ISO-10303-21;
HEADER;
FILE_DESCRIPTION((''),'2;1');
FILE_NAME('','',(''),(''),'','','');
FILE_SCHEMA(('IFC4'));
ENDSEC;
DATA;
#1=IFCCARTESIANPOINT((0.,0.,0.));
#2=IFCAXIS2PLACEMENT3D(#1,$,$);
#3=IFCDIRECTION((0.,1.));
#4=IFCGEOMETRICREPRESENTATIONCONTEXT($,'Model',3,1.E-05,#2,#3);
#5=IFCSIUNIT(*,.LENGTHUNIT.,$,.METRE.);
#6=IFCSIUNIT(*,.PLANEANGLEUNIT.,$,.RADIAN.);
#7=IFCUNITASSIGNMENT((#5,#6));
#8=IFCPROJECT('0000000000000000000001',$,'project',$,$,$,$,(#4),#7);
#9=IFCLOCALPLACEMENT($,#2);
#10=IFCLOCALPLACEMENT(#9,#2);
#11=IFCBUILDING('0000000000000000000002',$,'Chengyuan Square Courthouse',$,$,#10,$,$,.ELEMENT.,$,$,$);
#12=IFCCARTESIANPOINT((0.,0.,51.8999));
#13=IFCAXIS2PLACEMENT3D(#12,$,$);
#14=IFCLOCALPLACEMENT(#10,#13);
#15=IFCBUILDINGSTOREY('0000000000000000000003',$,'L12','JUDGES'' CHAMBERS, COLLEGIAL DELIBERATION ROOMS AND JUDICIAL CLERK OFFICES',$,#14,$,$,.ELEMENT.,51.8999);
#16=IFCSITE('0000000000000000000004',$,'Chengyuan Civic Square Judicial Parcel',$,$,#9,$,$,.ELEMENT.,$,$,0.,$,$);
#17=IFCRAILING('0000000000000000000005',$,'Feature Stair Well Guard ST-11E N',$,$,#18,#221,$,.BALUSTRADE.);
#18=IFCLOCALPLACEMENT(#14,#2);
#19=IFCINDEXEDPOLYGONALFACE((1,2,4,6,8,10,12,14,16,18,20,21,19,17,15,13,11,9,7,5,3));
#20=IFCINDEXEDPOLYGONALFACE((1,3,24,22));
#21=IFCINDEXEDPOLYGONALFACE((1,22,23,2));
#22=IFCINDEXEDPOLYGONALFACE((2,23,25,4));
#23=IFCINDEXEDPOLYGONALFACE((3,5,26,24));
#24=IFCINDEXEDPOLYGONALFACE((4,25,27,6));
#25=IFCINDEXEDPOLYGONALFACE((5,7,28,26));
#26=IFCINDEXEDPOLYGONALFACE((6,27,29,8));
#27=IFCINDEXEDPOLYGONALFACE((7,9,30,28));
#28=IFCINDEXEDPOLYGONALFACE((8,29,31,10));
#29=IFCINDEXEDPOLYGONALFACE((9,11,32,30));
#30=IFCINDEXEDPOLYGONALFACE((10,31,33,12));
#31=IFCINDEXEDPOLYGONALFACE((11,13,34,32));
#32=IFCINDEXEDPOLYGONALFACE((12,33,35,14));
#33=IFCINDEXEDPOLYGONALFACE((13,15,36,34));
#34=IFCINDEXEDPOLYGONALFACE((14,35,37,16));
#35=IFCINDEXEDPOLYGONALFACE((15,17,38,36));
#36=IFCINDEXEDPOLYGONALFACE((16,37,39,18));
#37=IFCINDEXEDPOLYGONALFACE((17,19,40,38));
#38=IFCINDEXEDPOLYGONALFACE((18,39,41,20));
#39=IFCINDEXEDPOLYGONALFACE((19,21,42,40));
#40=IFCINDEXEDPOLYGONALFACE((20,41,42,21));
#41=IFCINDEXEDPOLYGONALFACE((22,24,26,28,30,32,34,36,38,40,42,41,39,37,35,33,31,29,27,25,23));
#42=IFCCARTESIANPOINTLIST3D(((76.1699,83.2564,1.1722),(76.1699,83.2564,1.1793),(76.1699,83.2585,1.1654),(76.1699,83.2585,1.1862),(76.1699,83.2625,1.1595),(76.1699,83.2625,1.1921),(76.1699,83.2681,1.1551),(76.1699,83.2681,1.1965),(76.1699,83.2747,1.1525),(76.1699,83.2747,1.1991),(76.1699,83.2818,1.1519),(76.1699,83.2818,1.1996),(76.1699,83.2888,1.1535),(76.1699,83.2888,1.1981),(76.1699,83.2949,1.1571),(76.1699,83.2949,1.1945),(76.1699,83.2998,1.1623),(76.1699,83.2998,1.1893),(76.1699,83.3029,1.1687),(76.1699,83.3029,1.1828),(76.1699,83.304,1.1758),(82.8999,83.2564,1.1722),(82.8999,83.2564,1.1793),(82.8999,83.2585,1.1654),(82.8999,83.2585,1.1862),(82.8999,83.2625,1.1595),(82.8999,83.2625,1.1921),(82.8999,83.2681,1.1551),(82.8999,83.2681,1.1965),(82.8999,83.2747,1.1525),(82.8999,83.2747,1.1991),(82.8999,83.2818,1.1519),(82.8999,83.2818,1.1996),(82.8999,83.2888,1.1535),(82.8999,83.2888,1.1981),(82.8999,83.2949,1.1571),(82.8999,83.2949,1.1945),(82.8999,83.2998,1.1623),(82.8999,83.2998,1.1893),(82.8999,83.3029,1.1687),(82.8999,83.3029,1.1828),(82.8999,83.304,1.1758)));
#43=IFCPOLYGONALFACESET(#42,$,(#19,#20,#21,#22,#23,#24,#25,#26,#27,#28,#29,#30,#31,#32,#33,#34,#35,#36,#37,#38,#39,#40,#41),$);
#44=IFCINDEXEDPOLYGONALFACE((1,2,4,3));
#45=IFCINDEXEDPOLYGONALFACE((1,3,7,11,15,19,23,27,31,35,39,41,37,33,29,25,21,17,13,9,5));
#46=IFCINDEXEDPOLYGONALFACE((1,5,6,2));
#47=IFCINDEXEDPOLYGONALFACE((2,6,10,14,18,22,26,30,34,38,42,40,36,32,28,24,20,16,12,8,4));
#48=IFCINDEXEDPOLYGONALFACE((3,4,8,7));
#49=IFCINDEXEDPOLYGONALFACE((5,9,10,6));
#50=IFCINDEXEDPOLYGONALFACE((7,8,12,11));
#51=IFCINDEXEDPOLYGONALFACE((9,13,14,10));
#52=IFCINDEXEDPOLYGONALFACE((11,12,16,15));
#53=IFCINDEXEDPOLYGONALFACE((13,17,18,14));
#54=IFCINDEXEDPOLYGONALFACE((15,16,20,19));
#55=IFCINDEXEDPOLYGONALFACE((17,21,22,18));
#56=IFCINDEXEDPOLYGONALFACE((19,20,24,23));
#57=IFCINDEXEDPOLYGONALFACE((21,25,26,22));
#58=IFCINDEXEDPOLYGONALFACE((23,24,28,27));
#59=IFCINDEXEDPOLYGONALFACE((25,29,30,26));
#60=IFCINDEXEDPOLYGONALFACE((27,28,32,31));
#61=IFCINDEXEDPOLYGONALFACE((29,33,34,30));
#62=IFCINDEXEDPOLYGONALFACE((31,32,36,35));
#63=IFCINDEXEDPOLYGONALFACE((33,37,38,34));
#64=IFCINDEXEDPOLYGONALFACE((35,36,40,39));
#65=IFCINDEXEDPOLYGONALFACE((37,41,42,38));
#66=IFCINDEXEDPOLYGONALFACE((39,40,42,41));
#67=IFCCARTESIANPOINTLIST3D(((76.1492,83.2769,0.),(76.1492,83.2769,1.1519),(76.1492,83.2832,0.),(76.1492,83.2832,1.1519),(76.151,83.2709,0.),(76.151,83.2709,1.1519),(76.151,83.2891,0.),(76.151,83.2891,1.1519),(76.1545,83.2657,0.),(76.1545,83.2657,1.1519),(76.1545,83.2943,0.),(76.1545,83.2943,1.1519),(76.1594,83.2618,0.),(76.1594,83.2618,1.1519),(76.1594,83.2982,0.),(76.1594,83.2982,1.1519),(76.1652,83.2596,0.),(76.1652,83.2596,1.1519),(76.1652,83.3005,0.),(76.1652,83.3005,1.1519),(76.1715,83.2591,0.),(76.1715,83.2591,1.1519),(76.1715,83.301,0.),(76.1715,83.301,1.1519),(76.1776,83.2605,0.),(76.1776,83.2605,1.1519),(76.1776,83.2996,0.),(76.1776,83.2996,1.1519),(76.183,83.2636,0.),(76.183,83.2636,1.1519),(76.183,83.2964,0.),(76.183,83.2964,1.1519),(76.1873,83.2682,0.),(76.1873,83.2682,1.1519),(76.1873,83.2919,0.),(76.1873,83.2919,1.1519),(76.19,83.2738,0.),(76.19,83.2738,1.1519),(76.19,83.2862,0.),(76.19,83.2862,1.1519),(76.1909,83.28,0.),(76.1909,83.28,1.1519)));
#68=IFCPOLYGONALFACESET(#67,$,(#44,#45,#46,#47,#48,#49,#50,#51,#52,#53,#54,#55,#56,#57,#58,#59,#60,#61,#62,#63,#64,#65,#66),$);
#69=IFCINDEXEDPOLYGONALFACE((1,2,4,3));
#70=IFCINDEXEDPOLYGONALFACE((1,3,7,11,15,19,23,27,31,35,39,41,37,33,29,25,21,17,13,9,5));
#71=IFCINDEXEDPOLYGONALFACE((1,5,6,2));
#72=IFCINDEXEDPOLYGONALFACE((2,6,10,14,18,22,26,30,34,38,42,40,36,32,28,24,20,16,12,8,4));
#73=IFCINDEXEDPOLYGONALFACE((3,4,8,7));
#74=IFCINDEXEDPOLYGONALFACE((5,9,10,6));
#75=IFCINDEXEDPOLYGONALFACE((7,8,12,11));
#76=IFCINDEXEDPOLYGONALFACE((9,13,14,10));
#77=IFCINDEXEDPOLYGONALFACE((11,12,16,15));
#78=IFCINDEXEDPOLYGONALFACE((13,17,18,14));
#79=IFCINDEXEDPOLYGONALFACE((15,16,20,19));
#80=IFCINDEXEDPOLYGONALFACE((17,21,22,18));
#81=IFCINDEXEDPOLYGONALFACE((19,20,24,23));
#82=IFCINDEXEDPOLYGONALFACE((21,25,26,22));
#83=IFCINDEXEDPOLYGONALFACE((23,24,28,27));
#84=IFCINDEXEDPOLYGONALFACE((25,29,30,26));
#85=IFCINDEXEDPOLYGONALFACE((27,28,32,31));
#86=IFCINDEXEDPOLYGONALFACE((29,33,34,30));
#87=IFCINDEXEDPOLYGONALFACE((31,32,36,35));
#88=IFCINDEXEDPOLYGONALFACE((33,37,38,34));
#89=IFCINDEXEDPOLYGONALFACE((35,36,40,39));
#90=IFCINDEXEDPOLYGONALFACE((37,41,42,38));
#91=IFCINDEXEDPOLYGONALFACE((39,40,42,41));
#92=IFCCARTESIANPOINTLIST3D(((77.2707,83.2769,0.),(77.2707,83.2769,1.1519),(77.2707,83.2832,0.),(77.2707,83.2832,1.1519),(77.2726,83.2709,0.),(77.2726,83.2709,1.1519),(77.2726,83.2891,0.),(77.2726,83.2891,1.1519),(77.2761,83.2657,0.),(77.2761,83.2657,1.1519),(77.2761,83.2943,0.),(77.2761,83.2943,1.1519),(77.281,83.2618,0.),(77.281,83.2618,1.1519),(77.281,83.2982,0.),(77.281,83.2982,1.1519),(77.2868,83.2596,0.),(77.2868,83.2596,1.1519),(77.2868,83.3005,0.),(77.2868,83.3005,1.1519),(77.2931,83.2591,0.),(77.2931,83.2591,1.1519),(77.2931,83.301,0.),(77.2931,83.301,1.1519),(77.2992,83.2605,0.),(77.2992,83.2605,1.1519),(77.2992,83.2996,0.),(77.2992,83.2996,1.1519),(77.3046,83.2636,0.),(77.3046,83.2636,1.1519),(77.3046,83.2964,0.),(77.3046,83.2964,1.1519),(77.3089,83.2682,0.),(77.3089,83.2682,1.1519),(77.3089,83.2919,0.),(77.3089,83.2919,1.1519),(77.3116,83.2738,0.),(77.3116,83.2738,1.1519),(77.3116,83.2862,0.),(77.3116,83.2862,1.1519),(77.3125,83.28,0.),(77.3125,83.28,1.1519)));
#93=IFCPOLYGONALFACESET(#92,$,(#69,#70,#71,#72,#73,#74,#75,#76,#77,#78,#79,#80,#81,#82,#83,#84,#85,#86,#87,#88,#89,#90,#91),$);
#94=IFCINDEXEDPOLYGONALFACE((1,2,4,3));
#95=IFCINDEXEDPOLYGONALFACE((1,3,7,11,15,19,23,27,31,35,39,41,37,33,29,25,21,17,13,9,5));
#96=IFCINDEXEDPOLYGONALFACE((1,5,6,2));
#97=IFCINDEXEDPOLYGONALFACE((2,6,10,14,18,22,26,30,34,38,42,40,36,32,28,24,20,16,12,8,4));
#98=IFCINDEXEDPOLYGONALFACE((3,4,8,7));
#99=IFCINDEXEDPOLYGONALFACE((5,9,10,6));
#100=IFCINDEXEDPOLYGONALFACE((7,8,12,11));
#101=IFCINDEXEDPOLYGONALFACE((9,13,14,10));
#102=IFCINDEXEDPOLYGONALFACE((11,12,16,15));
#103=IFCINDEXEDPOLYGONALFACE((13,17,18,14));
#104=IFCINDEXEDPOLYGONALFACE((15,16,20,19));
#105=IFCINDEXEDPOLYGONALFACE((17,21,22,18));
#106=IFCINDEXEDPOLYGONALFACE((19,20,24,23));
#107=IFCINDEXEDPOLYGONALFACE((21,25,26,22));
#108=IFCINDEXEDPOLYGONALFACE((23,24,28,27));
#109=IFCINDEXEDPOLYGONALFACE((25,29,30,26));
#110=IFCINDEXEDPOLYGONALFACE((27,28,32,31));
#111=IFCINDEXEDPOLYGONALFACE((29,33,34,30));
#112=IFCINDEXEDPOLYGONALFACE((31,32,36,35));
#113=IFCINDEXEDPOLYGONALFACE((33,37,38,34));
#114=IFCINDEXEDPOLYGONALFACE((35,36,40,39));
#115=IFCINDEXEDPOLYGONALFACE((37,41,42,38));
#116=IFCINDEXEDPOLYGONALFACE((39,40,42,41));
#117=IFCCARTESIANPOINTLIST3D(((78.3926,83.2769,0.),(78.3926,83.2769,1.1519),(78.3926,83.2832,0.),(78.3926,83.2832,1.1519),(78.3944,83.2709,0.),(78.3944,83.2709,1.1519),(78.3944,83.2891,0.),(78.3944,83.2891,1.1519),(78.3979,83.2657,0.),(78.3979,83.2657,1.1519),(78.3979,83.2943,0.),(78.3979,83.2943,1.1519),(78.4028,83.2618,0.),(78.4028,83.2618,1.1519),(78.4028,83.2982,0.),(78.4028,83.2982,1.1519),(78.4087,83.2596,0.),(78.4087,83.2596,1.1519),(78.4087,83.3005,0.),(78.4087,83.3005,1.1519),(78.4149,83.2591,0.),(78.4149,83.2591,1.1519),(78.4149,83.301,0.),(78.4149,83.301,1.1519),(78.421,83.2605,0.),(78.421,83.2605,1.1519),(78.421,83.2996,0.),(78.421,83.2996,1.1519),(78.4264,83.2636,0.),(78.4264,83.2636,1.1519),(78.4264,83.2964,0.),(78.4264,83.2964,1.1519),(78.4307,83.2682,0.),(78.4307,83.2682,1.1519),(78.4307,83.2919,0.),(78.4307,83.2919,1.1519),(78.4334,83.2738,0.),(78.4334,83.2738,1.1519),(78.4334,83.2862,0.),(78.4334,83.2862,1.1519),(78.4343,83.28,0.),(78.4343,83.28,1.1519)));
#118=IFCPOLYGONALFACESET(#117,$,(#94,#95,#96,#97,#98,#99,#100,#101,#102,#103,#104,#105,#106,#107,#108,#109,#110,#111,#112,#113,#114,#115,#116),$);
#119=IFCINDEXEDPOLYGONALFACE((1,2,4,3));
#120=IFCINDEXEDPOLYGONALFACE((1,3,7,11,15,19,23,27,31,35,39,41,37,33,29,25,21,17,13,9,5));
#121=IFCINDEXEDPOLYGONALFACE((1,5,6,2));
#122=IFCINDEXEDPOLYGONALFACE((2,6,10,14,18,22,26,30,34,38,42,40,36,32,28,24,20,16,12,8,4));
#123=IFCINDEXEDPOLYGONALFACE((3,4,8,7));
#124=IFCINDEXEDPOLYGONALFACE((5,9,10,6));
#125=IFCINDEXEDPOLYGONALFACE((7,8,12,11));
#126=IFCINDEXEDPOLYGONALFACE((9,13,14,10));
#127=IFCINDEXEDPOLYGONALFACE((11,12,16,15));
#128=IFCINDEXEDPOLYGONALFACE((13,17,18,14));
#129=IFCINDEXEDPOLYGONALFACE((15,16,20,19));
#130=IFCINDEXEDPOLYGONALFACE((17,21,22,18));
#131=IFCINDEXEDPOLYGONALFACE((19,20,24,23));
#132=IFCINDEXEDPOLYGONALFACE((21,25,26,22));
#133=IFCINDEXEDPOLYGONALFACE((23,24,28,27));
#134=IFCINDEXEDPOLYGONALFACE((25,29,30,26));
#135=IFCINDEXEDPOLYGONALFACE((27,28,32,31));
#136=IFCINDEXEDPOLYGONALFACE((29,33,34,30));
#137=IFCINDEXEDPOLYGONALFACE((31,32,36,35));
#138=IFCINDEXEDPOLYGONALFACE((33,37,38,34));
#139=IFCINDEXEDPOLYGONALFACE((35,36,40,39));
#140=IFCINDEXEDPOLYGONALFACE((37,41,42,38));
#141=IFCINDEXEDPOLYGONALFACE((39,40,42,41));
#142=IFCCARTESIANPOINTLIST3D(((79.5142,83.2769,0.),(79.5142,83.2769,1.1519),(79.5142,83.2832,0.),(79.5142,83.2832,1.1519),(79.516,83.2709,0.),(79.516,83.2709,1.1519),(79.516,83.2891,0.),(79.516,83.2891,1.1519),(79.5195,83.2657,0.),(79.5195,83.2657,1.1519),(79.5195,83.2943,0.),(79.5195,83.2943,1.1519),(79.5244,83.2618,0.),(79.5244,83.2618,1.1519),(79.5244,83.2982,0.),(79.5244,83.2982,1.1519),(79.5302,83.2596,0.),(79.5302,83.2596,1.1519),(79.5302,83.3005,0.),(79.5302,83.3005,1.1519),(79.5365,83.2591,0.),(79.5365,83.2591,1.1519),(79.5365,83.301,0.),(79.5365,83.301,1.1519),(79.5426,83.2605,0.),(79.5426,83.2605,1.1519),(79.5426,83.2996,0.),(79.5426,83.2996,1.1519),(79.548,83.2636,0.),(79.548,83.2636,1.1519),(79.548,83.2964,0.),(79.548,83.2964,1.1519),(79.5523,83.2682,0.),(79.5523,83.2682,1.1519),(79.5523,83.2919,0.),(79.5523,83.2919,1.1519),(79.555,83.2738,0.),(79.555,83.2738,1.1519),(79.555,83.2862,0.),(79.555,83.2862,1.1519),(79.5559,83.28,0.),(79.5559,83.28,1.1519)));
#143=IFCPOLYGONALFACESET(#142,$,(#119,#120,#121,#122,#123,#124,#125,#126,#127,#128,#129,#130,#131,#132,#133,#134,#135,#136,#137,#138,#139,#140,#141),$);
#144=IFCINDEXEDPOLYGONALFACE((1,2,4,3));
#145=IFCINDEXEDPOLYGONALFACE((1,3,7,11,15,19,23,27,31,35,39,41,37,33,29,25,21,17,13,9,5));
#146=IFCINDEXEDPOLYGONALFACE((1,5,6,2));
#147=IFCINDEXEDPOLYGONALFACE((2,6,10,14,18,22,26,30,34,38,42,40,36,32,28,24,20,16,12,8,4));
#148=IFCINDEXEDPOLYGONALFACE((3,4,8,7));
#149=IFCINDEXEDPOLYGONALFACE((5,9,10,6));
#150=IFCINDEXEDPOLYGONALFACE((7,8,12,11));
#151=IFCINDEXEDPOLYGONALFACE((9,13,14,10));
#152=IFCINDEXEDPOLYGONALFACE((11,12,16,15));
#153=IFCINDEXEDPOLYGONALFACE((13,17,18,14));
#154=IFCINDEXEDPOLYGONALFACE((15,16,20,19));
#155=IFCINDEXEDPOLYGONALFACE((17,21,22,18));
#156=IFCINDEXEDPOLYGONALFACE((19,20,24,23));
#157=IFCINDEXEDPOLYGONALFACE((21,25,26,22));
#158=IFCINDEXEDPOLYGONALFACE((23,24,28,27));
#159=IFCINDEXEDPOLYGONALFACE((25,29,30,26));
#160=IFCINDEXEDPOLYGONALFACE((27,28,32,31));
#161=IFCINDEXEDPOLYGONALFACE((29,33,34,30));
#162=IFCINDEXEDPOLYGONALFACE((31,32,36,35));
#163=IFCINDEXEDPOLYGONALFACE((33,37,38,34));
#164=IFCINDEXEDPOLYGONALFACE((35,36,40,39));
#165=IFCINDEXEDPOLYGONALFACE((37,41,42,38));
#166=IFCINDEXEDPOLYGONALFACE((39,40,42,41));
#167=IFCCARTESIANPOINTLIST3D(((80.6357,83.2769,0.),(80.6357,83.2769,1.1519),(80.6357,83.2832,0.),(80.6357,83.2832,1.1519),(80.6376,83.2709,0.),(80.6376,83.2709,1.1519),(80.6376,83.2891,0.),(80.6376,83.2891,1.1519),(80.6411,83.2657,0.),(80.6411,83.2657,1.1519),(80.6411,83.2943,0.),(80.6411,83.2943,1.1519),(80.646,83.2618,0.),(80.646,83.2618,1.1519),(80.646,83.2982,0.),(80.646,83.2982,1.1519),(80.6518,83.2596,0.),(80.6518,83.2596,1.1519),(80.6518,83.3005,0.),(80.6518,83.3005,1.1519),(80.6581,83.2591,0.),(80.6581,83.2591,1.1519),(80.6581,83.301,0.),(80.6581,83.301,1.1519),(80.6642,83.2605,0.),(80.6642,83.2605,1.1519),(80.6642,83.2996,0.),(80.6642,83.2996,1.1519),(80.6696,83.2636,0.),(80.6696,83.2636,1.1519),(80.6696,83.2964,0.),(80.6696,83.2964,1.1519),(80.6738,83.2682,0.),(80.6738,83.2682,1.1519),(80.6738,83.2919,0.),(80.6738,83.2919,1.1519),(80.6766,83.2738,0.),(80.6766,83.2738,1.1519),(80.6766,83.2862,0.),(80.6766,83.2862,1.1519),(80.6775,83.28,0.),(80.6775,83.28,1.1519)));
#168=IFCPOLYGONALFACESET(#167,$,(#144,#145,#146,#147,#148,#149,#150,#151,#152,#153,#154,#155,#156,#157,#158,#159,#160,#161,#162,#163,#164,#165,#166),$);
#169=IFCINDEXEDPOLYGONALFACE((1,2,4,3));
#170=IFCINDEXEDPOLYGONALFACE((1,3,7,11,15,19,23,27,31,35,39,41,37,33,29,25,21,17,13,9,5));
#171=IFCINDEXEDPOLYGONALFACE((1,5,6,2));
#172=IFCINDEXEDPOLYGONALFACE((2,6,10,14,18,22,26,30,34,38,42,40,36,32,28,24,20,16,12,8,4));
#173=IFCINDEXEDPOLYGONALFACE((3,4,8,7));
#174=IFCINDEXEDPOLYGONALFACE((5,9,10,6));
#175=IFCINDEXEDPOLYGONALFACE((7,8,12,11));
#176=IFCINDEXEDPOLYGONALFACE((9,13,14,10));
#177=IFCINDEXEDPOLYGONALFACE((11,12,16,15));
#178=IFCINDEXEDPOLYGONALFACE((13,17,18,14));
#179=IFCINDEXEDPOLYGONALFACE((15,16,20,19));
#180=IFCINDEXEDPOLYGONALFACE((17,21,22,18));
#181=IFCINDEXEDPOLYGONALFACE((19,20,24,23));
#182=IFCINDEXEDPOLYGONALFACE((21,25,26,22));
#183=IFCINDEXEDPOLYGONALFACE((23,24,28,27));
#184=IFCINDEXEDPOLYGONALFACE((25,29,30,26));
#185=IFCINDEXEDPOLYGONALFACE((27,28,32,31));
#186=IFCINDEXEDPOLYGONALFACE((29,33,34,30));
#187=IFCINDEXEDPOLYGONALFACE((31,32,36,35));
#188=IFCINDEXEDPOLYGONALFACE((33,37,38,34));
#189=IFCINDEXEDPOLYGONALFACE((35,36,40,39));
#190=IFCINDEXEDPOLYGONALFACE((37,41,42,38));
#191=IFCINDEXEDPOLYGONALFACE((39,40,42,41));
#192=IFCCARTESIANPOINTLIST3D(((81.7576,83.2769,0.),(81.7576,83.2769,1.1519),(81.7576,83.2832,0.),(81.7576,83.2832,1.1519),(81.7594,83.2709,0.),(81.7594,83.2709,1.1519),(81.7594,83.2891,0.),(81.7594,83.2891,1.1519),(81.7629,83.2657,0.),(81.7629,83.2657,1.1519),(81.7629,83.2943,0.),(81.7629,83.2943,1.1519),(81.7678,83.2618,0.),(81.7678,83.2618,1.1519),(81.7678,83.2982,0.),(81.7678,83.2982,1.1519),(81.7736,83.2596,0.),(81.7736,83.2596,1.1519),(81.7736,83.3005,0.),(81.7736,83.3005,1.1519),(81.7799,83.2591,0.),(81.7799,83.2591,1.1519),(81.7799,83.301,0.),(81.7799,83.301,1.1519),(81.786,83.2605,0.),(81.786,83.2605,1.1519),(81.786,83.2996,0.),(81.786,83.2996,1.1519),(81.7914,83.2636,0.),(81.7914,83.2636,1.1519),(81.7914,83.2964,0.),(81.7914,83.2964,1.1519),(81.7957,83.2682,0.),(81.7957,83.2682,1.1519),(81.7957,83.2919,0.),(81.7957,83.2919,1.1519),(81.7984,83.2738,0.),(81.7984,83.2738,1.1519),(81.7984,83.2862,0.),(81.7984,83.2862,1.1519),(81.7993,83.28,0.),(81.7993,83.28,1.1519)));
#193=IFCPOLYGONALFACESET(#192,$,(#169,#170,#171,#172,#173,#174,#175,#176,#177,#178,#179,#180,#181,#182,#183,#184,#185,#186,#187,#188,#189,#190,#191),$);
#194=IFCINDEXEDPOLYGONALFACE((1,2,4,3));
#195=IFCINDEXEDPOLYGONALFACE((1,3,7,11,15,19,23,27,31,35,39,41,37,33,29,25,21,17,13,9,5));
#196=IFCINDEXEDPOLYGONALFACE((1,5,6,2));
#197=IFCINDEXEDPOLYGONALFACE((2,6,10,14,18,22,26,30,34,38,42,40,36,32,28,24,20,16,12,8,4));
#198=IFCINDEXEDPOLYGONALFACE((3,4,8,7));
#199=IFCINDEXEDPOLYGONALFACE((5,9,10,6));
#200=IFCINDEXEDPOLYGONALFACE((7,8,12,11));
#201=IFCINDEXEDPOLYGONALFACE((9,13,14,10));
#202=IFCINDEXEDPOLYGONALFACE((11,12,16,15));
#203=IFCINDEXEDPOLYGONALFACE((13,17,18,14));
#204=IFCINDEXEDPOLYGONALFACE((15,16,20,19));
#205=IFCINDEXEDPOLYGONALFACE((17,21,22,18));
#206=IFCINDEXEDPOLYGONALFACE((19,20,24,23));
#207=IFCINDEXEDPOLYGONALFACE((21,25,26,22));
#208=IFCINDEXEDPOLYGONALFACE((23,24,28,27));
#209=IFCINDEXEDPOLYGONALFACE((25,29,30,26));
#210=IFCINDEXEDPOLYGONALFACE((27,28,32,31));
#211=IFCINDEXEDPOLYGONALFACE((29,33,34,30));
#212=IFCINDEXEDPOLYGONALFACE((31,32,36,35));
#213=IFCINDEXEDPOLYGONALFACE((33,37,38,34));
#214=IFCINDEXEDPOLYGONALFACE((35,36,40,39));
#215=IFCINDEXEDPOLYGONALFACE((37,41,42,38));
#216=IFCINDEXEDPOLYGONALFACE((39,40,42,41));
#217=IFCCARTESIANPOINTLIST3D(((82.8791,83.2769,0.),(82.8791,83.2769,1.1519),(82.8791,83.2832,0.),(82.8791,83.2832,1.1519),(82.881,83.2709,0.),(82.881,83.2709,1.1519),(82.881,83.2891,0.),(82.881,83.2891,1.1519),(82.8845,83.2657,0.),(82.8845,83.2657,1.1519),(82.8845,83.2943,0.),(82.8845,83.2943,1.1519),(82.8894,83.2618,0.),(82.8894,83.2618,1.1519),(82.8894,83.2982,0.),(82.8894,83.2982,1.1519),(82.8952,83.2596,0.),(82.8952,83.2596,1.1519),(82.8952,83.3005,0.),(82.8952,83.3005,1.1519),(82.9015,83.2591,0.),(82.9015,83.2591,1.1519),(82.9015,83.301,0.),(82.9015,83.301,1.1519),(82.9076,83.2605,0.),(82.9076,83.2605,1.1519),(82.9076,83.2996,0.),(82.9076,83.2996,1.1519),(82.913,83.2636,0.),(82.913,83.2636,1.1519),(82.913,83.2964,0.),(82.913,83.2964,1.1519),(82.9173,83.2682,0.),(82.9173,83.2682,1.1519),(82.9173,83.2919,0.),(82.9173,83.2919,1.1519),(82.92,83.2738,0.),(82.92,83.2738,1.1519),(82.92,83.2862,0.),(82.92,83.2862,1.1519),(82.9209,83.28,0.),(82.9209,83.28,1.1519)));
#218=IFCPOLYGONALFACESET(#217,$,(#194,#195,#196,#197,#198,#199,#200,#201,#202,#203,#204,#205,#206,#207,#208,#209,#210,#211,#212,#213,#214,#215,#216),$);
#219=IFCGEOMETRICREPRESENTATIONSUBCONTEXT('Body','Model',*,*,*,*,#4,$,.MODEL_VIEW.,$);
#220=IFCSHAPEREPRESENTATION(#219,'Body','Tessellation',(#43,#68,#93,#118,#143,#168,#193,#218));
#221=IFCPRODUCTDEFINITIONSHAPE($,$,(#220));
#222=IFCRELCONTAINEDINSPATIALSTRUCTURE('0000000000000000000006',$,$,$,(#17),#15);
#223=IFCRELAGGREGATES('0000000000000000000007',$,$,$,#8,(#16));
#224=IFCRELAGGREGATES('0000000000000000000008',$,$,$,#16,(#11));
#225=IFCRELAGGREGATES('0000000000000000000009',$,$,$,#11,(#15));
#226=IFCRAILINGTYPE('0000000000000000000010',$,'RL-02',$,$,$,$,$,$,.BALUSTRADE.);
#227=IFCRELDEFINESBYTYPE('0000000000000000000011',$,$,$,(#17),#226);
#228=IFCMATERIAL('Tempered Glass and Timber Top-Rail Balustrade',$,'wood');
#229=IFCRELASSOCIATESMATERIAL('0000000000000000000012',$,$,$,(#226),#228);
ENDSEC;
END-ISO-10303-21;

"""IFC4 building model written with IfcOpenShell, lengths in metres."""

from ifc_helpers import new_model, si_unit, direction, frame, origin, origin_2d, place, context, subcontext, project, spatial, circle, extrude, material, type_object, element, save


model = new_model("IFC4")

# Units and contexts
model_context = context("Model", 3, precision=1e-05, world=origin(), true_north=direction((0.0, 1.0)))
body_context = subcontext(model_context, "Body", "Model", "MODEL_VIEW")
ifc_project = project(units=[si_unit("LENGTHUNIT", "METRE"), si_unit("PLANEANGLEUNIT", "RADIAN")], contexts=[model_context])

# Site, building, storey
site_placement = place(None, origin())
site = spatial("IfcSite", under=ifc_project, at=site_placement, Name="Chengyuan Civic Square Judicial Parcel", CompositionType="ELEMENT", RefElevation=0.0)
building_placement = place(site_placement, origin())
building = spatial("IfcBuilding", under=site, at=building_placement, Name="Chengyuan Square Courthouse", CompositionType="ELEMENT")
storey_placement = place(building_placement, frame((0.0, 0.0, 51.8999)))
storey = spatial("IfcBuildingStorey", under=building, at=storey_placement, Name="L12", Description="JUDGES' CHAMBERS, COLLEGIAL DELIBERATION ROOMS AND JUDICIAL CLERK OFFICES", CompositionType="ELEMENT", Elevation=51.8999)

# Railing
ifc_material_1 = material(Name="Tempered Glass and Timber Top-Rail Balustrade", Category="wood")
railing_type = type_object("IfcRailingType", Name="RL-02", PredefinedType="BALUSTRADE", material=ifc_material_1)
railing_1_placement = place(storey_placement, frame((76.1699, 83.28, 0.0)))
element("IfcRailing", 1, at=railing_1_placement, inside=storey, type_object=railing_type, Name="Feature Stair Well Guard ST-11E N", PredefinedType="BALUSTRADE", context=body_context, shape_type="SweptSolid", body=[
    extrude(circle(Radius=0.0239, at=origin_2d()), frame((0.0, 0.0, 1.1758), z_axis=(1.0, 0.0, 0.0), x_axis=(0.0, 1.0, 0.0)), (0.0, 0.0, 1.0), 6.73),
    extrude(circle(Radius=0.021, at=origin_2d()), origin(), (0.0, 0.0, 1.0), 1.1519),
    extrude(circle(Radius=0.021, at=origin_2d()), frame((1.1216, 0.0, 0.0)), (0.0, 0.0, 1.0), 1.1519),
    extrude(circle(Radius=0.021, at=origin_2d()), frame((2.2434, 0.0, 0.0)), (0.0, 0.0, 1.0), 1.1519),
    extrude(circle(Radius=0.021, at=origin_2d()), frame((3.365, 0.0, 0.0)), (0.0, 0.0, 1.0), 1.1519),
    extrude(circle(Radius=0.021, at=origin_2d()), frame((4.4866, 0.0, 0.0)), (0.0, 0.0, 1.0), 1.1519),
    extrude(circle(Radius=0.021, at=origin_2d()), frame((5.6084, 0.0, 0.0)), (0.0, 0.0, 1.0), 1.1519),
    extrude(circle(Radius=0.021, at=origin_2d()), frame((6.73, 0.0, 0.0)), (0.0, 0.0, 1.0), 1.1519),
])

save(model, "model.ifc")
